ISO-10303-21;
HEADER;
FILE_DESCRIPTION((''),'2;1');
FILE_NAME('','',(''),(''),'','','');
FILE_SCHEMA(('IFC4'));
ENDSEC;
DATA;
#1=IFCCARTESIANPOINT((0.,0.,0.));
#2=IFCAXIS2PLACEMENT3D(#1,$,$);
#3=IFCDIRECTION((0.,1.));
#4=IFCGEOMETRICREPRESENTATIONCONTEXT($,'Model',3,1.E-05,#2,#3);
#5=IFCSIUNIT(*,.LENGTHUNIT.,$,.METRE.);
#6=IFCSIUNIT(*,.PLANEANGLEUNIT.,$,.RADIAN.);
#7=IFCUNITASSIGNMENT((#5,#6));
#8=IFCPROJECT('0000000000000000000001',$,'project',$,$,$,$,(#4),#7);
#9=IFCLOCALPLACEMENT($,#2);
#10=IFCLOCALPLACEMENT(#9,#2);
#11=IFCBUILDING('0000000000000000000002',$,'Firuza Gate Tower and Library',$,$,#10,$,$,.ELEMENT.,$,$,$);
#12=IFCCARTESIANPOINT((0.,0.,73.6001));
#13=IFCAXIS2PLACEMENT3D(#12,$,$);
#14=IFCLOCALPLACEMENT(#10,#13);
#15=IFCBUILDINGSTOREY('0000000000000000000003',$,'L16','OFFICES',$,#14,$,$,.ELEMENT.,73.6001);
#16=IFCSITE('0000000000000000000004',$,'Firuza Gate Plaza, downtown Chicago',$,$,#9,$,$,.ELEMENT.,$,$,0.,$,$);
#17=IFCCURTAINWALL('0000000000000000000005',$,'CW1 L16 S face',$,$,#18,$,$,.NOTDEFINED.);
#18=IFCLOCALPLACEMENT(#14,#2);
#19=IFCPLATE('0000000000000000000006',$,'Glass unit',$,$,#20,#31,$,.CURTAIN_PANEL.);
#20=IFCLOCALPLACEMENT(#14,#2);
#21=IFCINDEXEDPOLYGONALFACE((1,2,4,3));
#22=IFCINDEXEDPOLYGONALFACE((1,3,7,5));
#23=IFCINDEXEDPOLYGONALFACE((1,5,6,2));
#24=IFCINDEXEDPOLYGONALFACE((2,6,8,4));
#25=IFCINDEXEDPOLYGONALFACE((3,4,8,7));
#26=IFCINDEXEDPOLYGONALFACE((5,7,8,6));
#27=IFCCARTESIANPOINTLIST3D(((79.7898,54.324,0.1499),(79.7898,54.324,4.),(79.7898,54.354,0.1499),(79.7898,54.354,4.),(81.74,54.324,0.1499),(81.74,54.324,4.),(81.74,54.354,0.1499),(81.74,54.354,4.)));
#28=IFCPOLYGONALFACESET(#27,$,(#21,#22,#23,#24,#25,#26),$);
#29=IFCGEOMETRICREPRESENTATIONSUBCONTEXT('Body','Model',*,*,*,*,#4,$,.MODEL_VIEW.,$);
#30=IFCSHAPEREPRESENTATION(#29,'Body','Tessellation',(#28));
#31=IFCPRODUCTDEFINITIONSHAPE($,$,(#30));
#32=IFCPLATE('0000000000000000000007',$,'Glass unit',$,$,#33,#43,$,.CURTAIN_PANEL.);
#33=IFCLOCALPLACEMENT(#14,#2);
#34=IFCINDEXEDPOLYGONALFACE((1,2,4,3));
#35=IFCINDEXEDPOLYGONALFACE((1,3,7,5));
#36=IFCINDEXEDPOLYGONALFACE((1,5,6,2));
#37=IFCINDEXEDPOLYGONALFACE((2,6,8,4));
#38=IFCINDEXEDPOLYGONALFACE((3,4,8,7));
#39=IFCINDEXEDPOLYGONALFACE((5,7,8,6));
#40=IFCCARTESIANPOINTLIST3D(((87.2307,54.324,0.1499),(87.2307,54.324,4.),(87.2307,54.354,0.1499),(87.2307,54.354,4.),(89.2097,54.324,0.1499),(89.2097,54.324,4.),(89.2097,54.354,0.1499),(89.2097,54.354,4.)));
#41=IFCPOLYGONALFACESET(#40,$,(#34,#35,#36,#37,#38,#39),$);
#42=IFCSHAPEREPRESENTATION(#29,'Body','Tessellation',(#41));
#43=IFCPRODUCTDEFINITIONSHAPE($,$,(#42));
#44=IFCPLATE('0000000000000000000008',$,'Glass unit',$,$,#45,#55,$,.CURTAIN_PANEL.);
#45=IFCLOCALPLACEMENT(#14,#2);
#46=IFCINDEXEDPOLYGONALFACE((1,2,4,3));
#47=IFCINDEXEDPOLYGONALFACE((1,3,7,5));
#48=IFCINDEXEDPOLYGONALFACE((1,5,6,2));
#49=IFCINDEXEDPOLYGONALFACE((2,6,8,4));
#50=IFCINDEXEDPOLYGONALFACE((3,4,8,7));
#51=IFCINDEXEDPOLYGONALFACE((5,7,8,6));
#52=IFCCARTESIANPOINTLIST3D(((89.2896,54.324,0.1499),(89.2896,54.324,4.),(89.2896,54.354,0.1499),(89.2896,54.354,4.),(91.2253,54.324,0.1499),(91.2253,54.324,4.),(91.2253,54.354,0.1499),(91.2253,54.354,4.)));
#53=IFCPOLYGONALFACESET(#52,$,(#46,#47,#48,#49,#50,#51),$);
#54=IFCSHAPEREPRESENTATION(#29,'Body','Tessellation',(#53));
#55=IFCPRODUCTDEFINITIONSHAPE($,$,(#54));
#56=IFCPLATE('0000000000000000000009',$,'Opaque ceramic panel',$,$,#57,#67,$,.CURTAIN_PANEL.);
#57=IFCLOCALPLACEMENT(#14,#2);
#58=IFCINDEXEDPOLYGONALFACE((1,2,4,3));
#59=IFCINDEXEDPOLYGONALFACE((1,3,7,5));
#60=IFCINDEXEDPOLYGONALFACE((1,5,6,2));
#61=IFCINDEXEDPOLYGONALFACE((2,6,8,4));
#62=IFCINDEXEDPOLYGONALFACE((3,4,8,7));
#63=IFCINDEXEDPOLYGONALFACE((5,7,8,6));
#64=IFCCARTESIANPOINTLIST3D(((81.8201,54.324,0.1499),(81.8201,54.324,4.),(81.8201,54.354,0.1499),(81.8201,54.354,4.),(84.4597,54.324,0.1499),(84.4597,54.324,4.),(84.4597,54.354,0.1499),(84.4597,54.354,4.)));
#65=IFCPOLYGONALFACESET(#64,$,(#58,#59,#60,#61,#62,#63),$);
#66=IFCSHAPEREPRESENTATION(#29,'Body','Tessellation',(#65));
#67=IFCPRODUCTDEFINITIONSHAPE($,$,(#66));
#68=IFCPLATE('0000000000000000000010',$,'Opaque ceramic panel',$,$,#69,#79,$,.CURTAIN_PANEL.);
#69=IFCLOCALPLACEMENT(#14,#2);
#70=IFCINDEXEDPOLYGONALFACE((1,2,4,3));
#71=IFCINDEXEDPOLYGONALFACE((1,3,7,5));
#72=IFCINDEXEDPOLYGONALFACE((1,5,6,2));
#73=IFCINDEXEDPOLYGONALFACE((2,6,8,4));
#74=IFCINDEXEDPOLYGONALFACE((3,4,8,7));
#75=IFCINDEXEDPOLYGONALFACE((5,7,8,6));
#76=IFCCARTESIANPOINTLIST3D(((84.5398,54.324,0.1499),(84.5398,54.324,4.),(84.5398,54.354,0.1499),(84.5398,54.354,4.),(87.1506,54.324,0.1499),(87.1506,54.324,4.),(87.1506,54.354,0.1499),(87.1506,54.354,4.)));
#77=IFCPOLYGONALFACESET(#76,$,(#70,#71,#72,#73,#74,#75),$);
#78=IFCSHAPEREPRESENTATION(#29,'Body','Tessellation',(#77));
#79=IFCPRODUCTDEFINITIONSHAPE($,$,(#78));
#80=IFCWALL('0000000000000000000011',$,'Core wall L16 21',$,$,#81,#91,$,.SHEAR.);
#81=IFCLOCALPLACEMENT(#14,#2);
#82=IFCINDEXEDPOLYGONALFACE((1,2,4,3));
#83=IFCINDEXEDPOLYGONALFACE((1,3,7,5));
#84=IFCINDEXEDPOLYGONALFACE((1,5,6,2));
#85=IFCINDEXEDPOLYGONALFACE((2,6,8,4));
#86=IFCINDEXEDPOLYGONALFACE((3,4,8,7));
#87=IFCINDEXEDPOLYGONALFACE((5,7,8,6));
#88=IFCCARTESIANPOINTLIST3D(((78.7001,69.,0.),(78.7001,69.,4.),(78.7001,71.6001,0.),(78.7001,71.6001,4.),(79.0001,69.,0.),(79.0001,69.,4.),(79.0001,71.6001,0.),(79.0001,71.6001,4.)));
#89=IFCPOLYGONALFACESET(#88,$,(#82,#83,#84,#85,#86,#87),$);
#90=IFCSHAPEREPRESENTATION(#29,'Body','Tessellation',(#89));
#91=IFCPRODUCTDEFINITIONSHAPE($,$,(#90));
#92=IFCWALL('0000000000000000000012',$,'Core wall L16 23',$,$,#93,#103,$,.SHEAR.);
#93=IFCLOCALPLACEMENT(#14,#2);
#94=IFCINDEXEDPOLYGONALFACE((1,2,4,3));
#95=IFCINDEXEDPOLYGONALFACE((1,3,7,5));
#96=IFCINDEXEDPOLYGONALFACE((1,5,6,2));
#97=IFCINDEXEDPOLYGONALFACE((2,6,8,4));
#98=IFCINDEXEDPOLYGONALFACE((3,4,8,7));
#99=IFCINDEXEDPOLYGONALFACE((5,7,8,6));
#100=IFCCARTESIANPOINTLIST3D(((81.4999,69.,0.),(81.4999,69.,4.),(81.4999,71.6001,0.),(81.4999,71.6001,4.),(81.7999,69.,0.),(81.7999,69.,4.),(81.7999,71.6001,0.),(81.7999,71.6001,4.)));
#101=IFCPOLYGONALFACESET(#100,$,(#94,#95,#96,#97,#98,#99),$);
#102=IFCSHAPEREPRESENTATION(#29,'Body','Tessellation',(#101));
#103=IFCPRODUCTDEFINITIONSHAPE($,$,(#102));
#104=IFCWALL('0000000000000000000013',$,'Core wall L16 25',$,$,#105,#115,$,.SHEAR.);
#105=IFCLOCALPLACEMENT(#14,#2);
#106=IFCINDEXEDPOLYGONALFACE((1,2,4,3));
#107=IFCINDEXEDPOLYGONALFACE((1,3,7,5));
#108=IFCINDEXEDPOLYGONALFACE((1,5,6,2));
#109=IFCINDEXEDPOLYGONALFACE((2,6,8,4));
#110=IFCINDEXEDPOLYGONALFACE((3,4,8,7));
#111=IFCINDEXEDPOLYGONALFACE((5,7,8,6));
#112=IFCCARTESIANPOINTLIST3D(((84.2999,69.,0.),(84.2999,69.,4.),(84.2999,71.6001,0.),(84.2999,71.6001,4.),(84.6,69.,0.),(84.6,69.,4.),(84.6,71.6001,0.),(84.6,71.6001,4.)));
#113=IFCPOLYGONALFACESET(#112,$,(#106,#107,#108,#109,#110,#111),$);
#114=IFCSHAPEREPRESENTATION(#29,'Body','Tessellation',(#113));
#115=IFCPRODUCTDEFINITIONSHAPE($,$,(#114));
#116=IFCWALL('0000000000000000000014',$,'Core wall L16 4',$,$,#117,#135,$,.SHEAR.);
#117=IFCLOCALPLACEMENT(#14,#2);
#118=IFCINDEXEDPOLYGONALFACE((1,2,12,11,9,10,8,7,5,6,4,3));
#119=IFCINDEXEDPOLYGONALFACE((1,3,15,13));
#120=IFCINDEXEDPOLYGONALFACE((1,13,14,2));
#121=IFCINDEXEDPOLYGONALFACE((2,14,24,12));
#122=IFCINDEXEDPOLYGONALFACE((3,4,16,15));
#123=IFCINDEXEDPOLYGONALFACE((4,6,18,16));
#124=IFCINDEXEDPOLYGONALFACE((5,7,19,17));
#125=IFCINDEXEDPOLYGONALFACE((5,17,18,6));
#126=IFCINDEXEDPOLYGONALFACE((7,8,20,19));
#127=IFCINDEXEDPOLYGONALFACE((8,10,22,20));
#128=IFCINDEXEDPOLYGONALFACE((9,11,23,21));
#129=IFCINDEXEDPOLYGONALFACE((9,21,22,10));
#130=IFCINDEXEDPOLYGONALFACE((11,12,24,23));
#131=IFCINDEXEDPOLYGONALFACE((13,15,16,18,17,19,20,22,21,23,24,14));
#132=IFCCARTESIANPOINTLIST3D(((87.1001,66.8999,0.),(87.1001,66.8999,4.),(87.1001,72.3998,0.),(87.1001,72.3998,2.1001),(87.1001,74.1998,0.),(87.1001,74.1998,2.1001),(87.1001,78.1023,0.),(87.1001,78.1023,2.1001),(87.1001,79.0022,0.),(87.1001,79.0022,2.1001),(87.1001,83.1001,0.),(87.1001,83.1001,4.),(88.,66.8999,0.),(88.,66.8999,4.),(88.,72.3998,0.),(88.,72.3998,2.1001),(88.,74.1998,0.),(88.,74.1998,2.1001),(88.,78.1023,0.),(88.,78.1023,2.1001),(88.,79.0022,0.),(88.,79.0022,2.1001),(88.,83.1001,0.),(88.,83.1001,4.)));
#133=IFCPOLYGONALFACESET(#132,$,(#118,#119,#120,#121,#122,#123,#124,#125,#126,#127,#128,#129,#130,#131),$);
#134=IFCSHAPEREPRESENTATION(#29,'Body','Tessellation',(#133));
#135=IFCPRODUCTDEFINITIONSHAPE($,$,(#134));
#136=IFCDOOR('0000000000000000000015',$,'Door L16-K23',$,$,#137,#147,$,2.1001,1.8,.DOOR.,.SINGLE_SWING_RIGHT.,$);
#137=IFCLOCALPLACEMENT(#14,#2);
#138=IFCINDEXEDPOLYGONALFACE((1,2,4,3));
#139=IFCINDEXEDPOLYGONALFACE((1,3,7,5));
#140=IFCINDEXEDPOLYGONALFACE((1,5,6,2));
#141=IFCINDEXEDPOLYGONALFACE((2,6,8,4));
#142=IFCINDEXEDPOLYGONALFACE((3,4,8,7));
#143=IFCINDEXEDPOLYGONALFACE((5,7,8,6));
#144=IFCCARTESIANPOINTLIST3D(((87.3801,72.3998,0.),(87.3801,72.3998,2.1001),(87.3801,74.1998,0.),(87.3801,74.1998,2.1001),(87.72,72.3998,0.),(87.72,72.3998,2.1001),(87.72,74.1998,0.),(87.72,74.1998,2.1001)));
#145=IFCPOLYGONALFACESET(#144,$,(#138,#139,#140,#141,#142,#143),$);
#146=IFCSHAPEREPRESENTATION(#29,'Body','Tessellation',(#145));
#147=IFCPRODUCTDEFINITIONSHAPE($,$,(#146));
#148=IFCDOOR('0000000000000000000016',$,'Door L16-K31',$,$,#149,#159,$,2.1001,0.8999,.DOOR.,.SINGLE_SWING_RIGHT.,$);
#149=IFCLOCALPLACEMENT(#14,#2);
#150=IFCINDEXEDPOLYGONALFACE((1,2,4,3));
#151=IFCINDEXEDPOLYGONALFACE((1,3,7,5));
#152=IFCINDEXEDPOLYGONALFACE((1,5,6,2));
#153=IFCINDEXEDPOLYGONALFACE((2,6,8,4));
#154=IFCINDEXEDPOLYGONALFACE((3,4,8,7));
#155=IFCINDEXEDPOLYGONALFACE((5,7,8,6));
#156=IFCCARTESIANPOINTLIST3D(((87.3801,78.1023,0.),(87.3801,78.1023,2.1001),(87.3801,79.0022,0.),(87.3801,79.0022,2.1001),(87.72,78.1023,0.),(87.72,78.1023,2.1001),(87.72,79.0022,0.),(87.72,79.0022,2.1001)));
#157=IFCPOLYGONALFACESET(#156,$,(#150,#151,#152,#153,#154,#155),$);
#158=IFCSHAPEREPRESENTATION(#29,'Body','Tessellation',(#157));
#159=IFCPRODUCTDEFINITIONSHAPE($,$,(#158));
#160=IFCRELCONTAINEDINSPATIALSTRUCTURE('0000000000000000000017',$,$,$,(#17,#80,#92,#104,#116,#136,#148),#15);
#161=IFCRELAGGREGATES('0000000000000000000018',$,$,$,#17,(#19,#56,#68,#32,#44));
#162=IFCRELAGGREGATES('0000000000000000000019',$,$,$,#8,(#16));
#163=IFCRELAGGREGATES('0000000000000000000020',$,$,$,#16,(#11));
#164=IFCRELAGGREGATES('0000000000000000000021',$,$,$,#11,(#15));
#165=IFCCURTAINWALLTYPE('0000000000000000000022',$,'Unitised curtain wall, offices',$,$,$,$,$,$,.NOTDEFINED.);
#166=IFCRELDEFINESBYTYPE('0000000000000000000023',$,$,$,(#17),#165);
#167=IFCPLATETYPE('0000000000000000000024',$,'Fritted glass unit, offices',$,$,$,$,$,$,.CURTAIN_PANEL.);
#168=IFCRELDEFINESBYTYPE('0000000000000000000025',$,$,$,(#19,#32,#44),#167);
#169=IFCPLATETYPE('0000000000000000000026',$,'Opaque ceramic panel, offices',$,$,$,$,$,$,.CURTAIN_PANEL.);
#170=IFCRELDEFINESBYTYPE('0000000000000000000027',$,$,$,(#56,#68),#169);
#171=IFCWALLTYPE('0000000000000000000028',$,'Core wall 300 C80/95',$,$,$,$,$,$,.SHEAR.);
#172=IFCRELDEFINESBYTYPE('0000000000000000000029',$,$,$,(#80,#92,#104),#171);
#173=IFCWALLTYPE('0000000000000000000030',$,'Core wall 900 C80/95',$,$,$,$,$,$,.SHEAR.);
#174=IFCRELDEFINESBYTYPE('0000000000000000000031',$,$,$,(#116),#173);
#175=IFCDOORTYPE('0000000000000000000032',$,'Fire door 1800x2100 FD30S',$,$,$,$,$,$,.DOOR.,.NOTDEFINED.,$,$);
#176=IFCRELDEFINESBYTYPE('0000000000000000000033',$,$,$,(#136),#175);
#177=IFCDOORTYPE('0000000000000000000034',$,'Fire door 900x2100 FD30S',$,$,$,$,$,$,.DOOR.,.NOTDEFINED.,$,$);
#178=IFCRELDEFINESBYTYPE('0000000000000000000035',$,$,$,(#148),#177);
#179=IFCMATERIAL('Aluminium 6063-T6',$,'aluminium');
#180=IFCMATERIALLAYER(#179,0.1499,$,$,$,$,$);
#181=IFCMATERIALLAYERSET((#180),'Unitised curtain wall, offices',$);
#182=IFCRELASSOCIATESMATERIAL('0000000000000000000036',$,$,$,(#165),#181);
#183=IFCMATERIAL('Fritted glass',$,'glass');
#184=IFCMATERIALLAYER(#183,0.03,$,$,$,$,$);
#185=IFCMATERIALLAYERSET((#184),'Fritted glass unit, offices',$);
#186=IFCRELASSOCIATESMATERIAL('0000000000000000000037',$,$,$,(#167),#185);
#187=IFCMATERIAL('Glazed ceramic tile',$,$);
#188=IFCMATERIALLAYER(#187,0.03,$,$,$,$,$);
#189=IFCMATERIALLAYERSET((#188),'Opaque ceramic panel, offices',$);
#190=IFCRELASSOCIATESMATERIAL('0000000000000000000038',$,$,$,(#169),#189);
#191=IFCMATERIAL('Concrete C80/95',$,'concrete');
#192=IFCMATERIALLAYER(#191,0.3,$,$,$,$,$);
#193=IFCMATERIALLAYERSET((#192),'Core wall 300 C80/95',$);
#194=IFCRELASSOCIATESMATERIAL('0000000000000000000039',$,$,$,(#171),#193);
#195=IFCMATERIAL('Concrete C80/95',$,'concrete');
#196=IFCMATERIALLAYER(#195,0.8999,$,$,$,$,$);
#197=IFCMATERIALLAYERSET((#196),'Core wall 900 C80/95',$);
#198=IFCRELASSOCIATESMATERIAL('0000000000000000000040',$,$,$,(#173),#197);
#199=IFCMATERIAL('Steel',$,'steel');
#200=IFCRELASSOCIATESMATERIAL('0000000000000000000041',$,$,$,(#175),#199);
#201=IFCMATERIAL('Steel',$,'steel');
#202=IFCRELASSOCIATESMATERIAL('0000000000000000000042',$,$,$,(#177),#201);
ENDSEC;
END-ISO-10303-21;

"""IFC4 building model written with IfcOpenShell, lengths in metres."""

from ifc_helpers import new_model, si_unit, direction, frame, frame_2d, origin, place, context, subcontext, project, spatial, polyline, rectangle, outline, extrude, material, layer, layer_set, type_object, element, fill, aggregate, save


model = new_model("IFC4")

# Units and contexts
model_context = context("Model", 3, precision=1e-05, world=origin(), true_north=direction((0.0, 1.0)))
body_context = subcontext(model_context, "Body", "Model", "MODEL_VIEW")
ifc_project = project(units=[si_unit("LENGTHUNIT", "METRE"), si_unit("PLANEANGLEUNIT", "RADIAN")], contexts=[model_context])

# Site, building, storey
site_placement = place(None, origin())
site = spatial("IfcSite", under=ifc_project, at=site_placement, Name="Firuza Gate Plaza, downtown Chicago", CompositionType="ELEMENT", RefElevation=0.0)
building_placement = place(site_placement, origin())
building = spatial("IfcBuilding", under=site, at=building_placement, Name="Firuza Gate Tower and Library", CompositionType="ELEMENT")
storey_placement = place(building_placement, frame((0.0, 0.0, 73.6001)))
storey = spatial("IfcBuildingStorey", under=building, at=storey_placement, Name="L16", Description="OFFICES", CompositionType="ELEMENT", Elevation=73.6001)

# Curtain wall
ifc_material_1 = material(Name="Aluminium 6063-T6", Category="aluminium")
ifc_layer_1 = layer(ifc_material_1, 0.1499)
ifc_layer_set_1 = layer_set([ifc_layer_1], Name="Unitised curtain wall, offices")
curtain_wall_type = type_object("IfcCurtainWallType", Name="Unitised curtain wall, offices", PredefinedType="NOTDEFINED", material=ifc_layer_set_1)
curtain_wall_placement = place(storey_placement, origin())
curtain_wall = element("IfcCurtainWall", 1, at=curtain_wall_placement, inside=storey, type_object=curtain_wall_type, Name="CW1 L16 S face", PredefinedType="NOTDEFINED")

# Plates
ifc_material_2 = material(Name="Fritted glass", Category="glass")
ifc_layer_2 = layer(ifc_material_2, 0.03)
ifc_layer_set_2 = layer_set([ifc_layer_2], Name="Fritted glass unit, offices")
plate_type_1 = type_object("IfcPlateType", Name="Fritted glass unit, offices", PredefinedType="CURTAIN_PANEL", material=ifc_layer_set_2)
plate_1_placement = place(storey_placement, frame((79.7898, 54.324, 0.1499), z_axis=(0.0, -1.0, 0.0), x_axis=(1.0, 0.0, 0.0)))
plate_1 = element("IfcPlate", 2, at=plate_1_placement, type_object=plate_type_1, Name="Glass unit", PredefinedType="CURTAIN_PANEL", context=body_context, shape_type="SweptSolid", body=[
    extrude(outline(polyline([(0.0, 0.0), (1.9502, 0.0), (1.9502, 3.8501), (0.0, 3.8501), (0.0, 0.0)])), origin(), (0.0, 0.0, -1.0), 0.03),
])
plate_2_placement = place(storey_placement, frame((87.2307, 54.324, 0.1499), z_axis=(0.0, -1.0, 0.0), x_axis=(1.0, 0.0, 0.0)))
plate_2 = element("IfcPlate", 3, at=plate_2_placement, type_object=plate_type_1, Name="Glass unit", PredefinedType="CURTAIN_PANEL", context=body_context, shape_type="SweptSolid", body=[
    extrude(outline(polyline([(0.0, 0.0), (1.979, 0.0), (1.979, 3.8501), (0.0, 3.8501), (0.0, 0.0)])), origin(), (0.0, 0.0, -1.0), 0.03),
])
plate_3_placement = place(storey_placement, frame((89.2896, 54.324, 0.1499), z_axis=(0.0, -1.0, 0.0), x_axis=(1.0, 0.0, 0.0)))
plate_3 = element("IfcPlate", 4, at=plate_3_placement, type_object=plate_type_1, Name="Glass unit", PredefinedType="CURTAIN_PANEL", context=body_context, shape_type="SweptSolid", body=[
    extrude(outline(polyline([(0.0, 0.0), (1.9358, 0.0), (1.9358, 3.8501), (0.0, 3.8501), (0.0, 0.0)])), origin(), (0.0, 0.0, -1.0), 0.03),
])
ifc_material_3 = material(Name="Glazed ceramic tile")
ifc_layer_3 = layer(ifc_material_3, 0.03)
ifc_layer_set_3 = layer_set([ifc_layer_3], Name="Opaque ceramic panel, offices")
plate_type_2 = type_object("IfcPlateType", Name="Opaque ceramic panel, offices", PredefinedType="CURTAIN_PANEL", material=ifc_layer_set_3)
plate_4_placement = place(storey_placement, frame((81.8201, 54.324, 0.1499), z_axis=(0.0, -1.0, 0.0), x_axis=(1.0, 0.0, 0.0)))
plate_4 = element("IfcPlate", 5, at=plate_4_placement, type_object=plate_type_2, Name="Opaque ceramic panel", PredefinedType="CURTAIN_PANEL", context=body_context, shape_type="SweptSolid", body=[
    extrude(outline(polyline([(0.0, 0.0), (2.6396, 0.0), (2.6396, 3.8501), (0.0, 3.8501), (0.0, 0.0)])), origin(), (0.0, 0.0, -1.0), 0.03),
])
plate_5_placement = place(storey_placement, frame((84.5398, 54.324, 0.1499), z_axis=(0.0, -1.0, 0.0), x_axis=(1.0, 0.0, 0.0)))
plate_5 = element("IfcPlate", 6, at=plate_5_placement, type_object=plate_type_2, Name="Opaque ceramic panel", PredefinedType="CURTAIN_PANEL", context=body_context, shape_type="SweptSolid", body=[
    extrude(outline(polyline([(0.0, 0.0), (2.6108, 0.0), (2.6108, 3.8501), (0.0, 3.8501), (0.0, 0.0)])), origin(), (0.0, 0.0, -1.0), 0.03),
])
aggregate(curtain_wall, [plate_1, plate_4, plate_5, plate_2, plate_3])

# Walls
ifc_material_4 = material(Name="Concrete C80/95", Category="concrete")
ifc_layer_4 = layer(ifc_material_4, 0.3)
ifc_layer_set_4 = layer_set([ifc_layer_4], Name="Core wall 300 C80/95")
wall_type_1 = type_object("IfcWallType", Name="Core wall 300 C80/95", PredefinedType="SHEAR", material=ifc_layer_set_4)
for number, where, z_axis, x_axis, name in (
    (7, (78.8501, 69.0, 0.0), (0.0, 0.0, 1.0), (0.0, 1.0, 0.0), "Core wall L16 21"),
    (8, (81.6499, 69.0, 0.0), (0.0, 0.0, 1.0), (0.0, 1.0, 0.0), "Core wall L16 23"),
    (9, (84.45, 69.0, 0.0), (0.0, 0.0, 1.0), (0.0, 1.0, 0.0), "Core wall L16 25"),
):
    element("IfcWall", number, at=place(storey_placement, frame(where, z_axis=z_axis, x_axis=x_axis)), inside=storey, type_object=wall_type_1, Name=name, PredefinedType="SHEAR", context=body_context, shape_type="SweptSolid", body=[
        extrude(rectangle(XDim=2.6001, YDim=0.3, at=frame_2d((1.3, 0.0))), origin(), (0.0, 0.0, 1.0), 4.0),
    ])

# Wall, openings, doors
ifc_material_5 = material(Name="Concrete C80/95", Category="concrete")
ifc_layer_5 = layer(ifc_material_5, 0.8999)
ifc_layer_set_5 = layer_set([ifc_layer_5], Name="Core wall 900 C80/95")
wall_type_2 = type_object("IfcWallType", Name="Core wall 900 C80/95", PredefinedType="SHEAR", material=ifc_layer_set_5)
wall_1_placement = place(storey_placement, frame((87.55, 66.8999, 0.0), z_axis=(0.0, 0.0, 1.0), x_axis=(0.0, 1.0, 0.0)))
wall_1 = element("IfcWall", 10, at=wall_1_placement, inside=storey, type_object=wall_type_2, Name="Core wall L16 4", PredefinedType="SHEAR", context=body_context, shape_type="SweptSolid", body=[
    extrude(rectangle(XDim=16.2002, YDim=0.8999, at=frame_2d((8.1001, 0.0))), origin(), (0.0, 0.0, 1.0), 4.0),
])
opening_1_placement = place(wall_1_placement, frame((5.5, 0.0, 0.0)))
opening_1 = element("IfcOpeningElement", 11, at=opening_1_placement, cuts=wall_1, PredefinedType="OPENING", context=body_context, shape_type="SweptSolid", body=[
    extrude(rectangle(XDim=1.8, YDim=2.1001, at=frame_2d((0.8999, 1.05))), frame((0.0, 0.46, 0.0), z_axis=(0.0, -1.0, 0.0), x_axis=(1.0, 0.0, 0.0)), (0.0, 0.0, 1.0), 0.9199),
])
opening_2_placement = place(wall_1_placement, frame((11.2024, 0.0, 0.0)))
opening_2 = element("IfcOpeningElement", 12, at=opening_2_placement, cuts=wall_1, PredefinedType="OPENING", context=body_context, shape_type="SweptSolid", body=[
    extrude(rectangle(XDim=0.8999, YDim=2.1001, at=frame_2d((0.45, 1.05))), frame((0.0, 0.46, 0.0), z_axis=(0.0, -1.0, 0.0), x_axis=(1.0, 0.0, 0.0)), (0.0, 0.0, 1.0), 0.9199),
])
ifc_material_6 = material(Name="Steel", Category="steel")
door_type_1 = type_object("IfcDoorType", Name="Fire door 1800x2100 FD30S", OperationType="NOTDEFINED", PredefinedType="DOOR", material=ifc_material_6)
door_1_placement = place(opening_1_placement, origin())
door_1 = element("IfcDoor", 13, at=door_1_placement, inside=storey, type_object=door_type_1, Name="Door L16-K23", OperationType="SINGLE_SWING_RIGHT", OverallHeight=2.1001, OverallWidth=1.8, PredefinedType="DOOR", context=body_context, shape_type="SweptSolid", body=[
    extrude(rectangle(XDim=1.8, YDim=2.1001, at=frame_2d((0.8999, 1.05))), frame((0.0, 0.1699, 0.0), z_axis=(0.0, -1.0, 0.0), x_axis=(1.0, 0.0, 0.0)), (0.0, 0.0, 1.0), 0.3398),
])
fill(opening_1, door_1)
ifc_material_7 = material(Name="Steel", Category="steel")
door_type_2 = type_object("IfcDoorType", Name="Fire door 900x2100 FD30S", OperationType="NOTDEFINED", PredefinedType="DOOR", material=ifc_material_7)
door_2_placement = place(opening_2_placement, origin())
door_2 = element("IfcDoor", 14, at=door_2_placement, inside=storey, type_object=door_type_2, Name="Door L16-K31", OperationType="SINGLE_SWING_RIGHT", OverallHeight=2.1001, OverallWidth=0.8999, PredefinedType="DOOR", context=body_context, shape_type="SweptSolid", body=[
    extrude(rectangle(XDim=0.8999, YDim=2.1001, at=frame_2d((0.45, 1.05))), frame((0.0, 0.1699, 0.0), z_axis=(0.0, -1.0, 0.0), x_axis=(1.0, 0.0, 0.0)), (0.0, 0.0, 1.0), 0.3398),
])
fill(opening_2, door_2)

save(model, "model.ifc")
